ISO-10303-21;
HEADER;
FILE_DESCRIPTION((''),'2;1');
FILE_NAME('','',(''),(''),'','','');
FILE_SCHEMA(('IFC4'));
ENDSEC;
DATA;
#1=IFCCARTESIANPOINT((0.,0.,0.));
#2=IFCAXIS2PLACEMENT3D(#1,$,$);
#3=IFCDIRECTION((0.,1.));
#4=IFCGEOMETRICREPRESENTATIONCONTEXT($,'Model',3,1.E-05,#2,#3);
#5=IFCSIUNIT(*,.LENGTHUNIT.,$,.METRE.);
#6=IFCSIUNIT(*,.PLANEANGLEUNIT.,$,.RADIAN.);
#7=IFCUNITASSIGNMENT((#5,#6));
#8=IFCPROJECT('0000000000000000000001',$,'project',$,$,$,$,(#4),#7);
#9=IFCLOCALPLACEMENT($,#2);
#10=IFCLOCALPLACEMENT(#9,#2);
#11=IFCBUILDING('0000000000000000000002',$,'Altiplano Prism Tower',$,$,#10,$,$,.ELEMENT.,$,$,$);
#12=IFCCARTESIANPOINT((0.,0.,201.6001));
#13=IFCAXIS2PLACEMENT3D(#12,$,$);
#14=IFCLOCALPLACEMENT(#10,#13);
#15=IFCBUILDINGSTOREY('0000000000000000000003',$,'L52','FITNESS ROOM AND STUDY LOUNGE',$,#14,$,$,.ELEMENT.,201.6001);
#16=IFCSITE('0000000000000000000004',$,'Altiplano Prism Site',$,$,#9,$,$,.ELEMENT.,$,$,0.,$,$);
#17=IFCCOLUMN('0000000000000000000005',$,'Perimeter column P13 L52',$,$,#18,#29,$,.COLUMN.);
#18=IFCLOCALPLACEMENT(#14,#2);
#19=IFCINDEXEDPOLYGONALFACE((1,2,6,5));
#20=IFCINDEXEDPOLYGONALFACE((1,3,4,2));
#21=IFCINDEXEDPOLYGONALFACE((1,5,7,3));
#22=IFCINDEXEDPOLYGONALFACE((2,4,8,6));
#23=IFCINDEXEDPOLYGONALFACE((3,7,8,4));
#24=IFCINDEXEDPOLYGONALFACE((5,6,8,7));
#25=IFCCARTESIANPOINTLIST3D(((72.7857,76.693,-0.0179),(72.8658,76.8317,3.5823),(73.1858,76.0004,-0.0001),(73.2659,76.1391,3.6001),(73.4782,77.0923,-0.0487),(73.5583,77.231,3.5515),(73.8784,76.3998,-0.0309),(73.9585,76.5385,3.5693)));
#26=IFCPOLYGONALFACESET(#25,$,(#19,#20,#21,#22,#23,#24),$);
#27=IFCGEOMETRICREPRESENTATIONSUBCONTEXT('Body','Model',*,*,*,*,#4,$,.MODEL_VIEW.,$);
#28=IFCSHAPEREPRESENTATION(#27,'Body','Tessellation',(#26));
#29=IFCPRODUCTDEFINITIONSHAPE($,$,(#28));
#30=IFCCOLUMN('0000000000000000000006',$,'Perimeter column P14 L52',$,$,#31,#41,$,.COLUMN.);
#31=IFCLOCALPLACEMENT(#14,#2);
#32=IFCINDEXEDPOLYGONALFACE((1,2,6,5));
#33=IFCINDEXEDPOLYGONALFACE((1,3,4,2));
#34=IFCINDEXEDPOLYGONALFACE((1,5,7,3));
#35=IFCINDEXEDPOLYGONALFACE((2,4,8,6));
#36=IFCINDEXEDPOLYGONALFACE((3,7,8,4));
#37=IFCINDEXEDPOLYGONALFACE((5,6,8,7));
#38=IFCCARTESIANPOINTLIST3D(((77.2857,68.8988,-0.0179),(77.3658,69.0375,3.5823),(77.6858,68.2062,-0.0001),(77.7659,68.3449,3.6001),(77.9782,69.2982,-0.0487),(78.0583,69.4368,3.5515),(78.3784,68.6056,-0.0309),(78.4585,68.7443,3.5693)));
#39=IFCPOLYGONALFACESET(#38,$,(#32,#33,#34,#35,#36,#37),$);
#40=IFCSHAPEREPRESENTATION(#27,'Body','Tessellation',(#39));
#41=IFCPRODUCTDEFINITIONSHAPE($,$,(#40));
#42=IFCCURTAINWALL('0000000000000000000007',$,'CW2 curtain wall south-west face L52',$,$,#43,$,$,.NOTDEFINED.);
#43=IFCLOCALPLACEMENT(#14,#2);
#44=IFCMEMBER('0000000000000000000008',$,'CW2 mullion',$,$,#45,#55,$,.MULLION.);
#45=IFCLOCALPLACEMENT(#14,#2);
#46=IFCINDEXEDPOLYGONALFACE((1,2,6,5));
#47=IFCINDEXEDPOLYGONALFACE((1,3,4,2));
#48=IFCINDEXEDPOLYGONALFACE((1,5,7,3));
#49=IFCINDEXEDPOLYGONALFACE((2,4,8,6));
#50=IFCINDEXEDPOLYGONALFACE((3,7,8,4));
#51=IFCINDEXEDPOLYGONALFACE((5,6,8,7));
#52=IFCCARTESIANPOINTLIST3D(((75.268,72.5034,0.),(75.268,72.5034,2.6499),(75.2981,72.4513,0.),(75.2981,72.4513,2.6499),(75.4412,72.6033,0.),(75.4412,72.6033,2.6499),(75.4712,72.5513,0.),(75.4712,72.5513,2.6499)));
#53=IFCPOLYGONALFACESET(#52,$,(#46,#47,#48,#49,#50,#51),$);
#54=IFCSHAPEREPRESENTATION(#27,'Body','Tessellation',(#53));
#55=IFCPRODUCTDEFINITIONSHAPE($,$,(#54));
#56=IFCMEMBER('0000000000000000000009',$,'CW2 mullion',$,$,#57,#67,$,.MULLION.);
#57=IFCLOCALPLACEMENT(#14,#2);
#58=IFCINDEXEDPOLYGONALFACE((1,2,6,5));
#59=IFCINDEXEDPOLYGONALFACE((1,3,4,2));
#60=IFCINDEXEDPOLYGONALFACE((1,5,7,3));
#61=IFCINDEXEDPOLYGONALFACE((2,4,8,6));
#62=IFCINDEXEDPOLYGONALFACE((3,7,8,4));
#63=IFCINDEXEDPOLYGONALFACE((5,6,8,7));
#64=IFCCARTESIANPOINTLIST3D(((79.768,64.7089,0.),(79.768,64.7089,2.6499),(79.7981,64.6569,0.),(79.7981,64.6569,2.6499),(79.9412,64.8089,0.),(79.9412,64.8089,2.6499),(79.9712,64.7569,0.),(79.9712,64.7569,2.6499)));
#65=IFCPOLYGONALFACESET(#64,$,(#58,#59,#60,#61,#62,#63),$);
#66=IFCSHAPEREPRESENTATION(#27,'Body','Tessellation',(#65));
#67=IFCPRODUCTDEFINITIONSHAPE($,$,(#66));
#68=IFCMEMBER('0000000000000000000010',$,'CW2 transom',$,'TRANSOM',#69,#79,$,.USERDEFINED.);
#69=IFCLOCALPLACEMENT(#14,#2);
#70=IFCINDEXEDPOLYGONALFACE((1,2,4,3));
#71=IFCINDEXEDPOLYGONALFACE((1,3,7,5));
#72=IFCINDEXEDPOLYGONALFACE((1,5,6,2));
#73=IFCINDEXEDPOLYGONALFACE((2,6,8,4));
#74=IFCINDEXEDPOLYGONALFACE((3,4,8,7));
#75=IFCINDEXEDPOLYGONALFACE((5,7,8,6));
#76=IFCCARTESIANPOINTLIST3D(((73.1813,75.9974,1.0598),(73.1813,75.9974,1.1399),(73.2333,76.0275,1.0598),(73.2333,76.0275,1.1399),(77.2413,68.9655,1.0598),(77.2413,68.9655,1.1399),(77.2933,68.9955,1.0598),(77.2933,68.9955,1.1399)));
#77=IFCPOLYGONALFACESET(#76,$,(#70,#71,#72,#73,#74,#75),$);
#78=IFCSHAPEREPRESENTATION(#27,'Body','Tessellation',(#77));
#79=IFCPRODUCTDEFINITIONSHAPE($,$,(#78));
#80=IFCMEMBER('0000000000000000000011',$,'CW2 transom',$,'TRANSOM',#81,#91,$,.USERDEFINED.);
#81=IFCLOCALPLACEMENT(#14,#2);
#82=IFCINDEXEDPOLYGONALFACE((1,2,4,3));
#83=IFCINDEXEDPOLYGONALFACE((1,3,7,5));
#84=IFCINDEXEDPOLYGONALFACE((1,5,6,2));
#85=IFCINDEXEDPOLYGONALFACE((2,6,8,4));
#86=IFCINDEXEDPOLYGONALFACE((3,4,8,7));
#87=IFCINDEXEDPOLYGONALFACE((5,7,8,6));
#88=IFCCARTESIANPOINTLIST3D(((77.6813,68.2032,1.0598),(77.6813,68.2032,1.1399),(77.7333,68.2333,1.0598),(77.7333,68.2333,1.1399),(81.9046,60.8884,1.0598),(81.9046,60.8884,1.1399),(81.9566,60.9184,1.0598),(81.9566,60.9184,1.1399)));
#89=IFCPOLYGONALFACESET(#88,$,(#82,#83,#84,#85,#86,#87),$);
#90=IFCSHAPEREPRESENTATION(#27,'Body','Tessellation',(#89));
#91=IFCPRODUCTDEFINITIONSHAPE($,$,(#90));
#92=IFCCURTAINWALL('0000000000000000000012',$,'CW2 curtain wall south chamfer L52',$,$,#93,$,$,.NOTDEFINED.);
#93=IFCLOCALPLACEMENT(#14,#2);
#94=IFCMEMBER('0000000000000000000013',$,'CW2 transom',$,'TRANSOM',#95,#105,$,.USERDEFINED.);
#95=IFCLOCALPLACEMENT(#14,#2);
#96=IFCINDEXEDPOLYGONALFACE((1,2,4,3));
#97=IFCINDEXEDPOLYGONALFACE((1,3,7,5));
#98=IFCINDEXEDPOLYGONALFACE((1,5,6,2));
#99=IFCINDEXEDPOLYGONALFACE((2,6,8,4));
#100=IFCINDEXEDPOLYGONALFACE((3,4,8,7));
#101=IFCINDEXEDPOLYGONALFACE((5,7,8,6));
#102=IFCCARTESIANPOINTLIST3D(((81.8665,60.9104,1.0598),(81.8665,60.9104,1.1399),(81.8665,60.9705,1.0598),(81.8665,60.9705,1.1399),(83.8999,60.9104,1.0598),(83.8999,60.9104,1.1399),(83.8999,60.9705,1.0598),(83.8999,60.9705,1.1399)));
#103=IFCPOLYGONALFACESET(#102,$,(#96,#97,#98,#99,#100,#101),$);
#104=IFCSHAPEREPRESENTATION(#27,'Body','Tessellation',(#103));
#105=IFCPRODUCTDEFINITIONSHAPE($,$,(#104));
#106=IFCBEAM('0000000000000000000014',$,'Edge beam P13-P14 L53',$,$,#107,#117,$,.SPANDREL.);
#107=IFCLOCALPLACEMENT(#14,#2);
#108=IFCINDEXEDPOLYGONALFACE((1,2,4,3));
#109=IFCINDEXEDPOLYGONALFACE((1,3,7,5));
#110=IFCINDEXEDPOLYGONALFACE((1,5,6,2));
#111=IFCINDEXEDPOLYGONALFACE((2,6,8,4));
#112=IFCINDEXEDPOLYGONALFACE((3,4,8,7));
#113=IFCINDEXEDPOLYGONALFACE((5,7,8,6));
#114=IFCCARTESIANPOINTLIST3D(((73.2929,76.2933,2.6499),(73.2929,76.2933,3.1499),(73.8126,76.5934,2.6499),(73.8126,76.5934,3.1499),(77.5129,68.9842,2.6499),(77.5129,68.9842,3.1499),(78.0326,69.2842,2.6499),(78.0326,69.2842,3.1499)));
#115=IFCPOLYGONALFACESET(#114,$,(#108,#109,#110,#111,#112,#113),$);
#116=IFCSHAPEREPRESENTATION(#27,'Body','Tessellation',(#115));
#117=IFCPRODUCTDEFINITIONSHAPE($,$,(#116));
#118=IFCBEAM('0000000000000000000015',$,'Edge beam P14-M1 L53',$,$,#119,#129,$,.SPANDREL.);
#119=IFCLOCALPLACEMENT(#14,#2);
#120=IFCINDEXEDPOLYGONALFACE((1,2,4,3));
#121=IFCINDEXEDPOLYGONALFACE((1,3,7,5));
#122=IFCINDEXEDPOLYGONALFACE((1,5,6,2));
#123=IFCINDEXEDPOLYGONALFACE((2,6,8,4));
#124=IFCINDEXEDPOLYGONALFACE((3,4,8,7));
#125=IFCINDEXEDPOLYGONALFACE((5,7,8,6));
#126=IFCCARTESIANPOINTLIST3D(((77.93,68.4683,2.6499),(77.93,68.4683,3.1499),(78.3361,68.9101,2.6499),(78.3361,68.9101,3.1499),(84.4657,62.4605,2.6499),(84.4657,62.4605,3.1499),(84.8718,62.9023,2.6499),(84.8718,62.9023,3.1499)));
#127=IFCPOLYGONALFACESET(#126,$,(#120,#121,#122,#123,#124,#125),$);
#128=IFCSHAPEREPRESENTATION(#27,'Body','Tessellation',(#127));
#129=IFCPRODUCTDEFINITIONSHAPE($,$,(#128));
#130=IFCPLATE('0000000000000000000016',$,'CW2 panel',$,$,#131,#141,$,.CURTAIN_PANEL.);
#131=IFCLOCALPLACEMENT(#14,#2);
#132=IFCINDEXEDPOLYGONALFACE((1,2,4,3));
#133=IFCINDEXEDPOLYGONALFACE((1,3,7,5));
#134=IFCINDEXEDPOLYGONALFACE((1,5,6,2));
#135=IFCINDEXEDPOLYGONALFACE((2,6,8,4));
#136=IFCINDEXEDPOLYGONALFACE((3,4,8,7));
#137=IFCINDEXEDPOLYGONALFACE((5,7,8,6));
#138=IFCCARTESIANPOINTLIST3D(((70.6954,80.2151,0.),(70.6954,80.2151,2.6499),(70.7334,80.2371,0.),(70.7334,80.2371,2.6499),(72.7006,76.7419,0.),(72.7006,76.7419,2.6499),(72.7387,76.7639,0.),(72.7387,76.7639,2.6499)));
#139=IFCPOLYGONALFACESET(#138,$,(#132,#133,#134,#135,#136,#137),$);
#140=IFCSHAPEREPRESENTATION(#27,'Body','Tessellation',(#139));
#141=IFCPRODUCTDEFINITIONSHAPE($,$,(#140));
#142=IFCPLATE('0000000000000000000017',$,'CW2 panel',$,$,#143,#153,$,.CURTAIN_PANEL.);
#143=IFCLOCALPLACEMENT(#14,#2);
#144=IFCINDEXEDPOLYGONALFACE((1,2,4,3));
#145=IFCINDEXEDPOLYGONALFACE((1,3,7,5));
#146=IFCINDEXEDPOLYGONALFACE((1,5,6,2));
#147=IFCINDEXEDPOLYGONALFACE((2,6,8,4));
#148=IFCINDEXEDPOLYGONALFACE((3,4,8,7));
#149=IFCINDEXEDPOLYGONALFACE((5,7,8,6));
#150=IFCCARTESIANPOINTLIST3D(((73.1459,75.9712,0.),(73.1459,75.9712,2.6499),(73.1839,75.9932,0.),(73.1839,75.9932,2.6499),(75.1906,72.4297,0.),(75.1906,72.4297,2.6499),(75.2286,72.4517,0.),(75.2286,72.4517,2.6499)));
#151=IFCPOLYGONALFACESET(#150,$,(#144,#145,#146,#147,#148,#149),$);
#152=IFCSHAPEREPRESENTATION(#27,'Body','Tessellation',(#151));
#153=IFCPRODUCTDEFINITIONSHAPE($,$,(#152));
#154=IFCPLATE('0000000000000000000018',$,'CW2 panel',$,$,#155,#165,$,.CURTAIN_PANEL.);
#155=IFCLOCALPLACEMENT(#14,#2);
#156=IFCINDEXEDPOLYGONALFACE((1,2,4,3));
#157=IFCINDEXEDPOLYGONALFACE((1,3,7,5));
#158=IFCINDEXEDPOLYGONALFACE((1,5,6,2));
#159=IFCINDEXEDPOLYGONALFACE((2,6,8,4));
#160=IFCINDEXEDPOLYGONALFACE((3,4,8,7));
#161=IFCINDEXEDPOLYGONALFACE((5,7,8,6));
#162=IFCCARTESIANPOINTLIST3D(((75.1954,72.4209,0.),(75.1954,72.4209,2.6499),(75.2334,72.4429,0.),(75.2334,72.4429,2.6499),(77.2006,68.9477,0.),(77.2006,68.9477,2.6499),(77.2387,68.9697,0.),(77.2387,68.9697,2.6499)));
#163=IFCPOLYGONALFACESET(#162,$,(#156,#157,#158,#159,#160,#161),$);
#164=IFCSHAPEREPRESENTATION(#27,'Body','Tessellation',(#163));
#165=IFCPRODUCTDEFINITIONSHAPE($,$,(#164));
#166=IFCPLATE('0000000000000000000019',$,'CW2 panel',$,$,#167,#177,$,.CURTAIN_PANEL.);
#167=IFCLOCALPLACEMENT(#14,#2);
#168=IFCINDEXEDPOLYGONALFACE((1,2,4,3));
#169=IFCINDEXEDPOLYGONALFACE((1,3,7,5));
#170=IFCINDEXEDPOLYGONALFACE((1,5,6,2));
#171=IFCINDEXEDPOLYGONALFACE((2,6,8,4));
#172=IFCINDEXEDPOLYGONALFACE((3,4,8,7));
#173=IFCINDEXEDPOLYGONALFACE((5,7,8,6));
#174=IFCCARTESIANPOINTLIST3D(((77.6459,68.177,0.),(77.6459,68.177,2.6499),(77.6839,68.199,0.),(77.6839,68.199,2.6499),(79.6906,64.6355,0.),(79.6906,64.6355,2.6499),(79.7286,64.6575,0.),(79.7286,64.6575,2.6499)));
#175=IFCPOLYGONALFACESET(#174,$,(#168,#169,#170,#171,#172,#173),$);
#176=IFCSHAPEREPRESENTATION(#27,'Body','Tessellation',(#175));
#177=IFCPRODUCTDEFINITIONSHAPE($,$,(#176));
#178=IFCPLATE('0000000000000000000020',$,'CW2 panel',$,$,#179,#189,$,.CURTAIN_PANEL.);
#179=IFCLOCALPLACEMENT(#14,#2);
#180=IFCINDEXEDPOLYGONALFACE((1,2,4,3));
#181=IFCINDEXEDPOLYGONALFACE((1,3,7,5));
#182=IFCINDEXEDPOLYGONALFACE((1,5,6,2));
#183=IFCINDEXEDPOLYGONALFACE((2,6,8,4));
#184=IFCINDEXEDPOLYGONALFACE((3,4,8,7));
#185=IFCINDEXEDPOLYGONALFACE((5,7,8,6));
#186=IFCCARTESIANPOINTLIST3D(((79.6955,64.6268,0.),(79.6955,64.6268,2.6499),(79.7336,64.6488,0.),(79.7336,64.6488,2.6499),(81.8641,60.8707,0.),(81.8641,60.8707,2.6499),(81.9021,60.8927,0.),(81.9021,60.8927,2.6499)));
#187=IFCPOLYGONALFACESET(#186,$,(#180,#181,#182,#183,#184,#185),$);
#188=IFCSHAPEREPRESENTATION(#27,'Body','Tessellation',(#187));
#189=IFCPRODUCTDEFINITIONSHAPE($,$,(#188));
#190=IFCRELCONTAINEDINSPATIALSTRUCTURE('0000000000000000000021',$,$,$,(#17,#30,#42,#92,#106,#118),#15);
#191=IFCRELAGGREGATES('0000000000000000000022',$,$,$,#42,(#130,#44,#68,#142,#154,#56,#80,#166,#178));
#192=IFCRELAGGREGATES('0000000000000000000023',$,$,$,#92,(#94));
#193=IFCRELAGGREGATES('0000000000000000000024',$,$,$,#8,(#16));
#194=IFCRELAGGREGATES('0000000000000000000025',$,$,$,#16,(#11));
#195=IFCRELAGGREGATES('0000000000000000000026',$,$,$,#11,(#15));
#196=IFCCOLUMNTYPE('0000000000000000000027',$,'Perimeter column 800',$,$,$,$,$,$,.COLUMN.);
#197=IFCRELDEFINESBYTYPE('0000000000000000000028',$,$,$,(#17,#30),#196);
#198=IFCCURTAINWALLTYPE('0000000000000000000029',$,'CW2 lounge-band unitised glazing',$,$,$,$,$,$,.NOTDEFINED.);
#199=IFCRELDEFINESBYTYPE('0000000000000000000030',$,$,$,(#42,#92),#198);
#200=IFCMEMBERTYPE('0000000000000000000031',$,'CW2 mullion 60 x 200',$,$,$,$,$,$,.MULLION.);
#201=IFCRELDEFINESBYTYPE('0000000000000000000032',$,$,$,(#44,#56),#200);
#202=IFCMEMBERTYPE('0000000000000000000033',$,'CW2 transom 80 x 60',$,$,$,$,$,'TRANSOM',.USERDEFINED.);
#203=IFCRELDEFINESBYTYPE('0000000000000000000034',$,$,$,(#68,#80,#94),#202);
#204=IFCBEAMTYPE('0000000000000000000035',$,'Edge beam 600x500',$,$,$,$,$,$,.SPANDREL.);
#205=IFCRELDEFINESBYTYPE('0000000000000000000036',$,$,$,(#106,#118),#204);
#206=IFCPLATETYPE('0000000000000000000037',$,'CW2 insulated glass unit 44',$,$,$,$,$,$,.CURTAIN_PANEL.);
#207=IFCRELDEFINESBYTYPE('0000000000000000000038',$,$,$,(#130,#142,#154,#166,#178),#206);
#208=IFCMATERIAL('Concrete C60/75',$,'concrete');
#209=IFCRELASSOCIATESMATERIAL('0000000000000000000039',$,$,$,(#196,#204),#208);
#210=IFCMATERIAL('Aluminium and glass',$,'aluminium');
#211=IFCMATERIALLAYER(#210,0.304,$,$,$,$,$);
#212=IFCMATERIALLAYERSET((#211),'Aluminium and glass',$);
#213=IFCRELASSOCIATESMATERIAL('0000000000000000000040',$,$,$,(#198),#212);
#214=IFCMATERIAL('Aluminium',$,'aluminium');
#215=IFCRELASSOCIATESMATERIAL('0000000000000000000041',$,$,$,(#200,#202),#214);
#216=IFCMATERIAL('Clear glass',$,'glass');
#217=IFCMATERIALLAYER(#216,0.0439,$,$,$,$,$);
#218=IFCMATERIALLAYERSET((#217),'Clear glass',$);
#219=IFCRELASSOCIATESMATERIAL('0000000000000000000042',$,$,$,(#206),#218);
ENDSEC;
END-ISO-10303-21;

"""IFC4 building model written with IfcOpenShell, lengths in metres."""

from ifc_helpers import new_model, si_unit, direction, frame, origin, origin_2d, place, context, subcontext, project, spatial, rectangle, extrude, material, layer, layer_set, material_profile, profile_set, type_object, element, aggregate, save


model = new_model("IFC4")

# Units and contexts
model_context = context("Model", 3, precision=1e-05, world=origin(), true_north=direction((0.0, 1.0)))
body_context = subcontext(model_context, "Body", "Model", "MODEL_VIEW")
ifc_project = project(units=[si_unit("LENGTHUNIT", "METRE"), si_unit("PLANEANGLEUNIT", "RADIAN")], contexts=[model_context])

# Site, building, storey
site_placement = place(None, origin())
site = spatial("IfcSite", under=ifc_project, at=site_placement, Name="Altiplano Prism Site", CompositionType="ELEMENT", RefElevation=0.0)
building_placement = place(site_placement, origin())
building = spatial("IfcBuilding", under=site, at=building_placement, Name="Altiplano Prism Tower", CompositionType="ELEMENT")
storey_placement = place(building_placement, frame((0.0, 0.0, 201.6001)))
storey = spatial("IfcBuildingStorey", under=building, at=storey_placement, Name="L52", Description="FITNESS ROOM AND STUDY LOUNGE", CompositionType="ELEMENT", Elevation=201.6001)

# Columns
ifc_material_1 = material(Name="Concrete C60/75", Category="concrete")
ifc_material_profile_1 = material_profile(ifc_material_1, rectangle(XDim=0.8, YDim=0.8, at=origin_2d()), Name="Perimeter column 800")
ifc_profile_set_1 = profile_set([ifc_material_profile_1], Name="Concrete C60/75")
column_type = type_object("IfcColumnType", Name="Perimeter column 800", PredefinedType="COLUMN", material=ifc_profile_set_1)
for number, where, z_axis, x_axis, name in (
    (1, (73.332, 76.5464, -0.0244), (0.022221, 0.038481, 0.999012), (-0.865642, -0.499182, 0.038483), "Perimeter column P13 L52"),
    (2, (77.832, 68.7522, -0.0244), (0.022221, 0.038481, 0.999012), (-0.865642, -0.499182, 0.038483), "Perimeter column P14 L52"),
):
    element("IfcColumn", number, at=place(storey_placement, frame(where, z_axis=z_axis, x_axis=x_axis)), inside=storey, type_object=column_type, Name=name, PredefinedType="COLUMN", context=body_context, shape_type="SweptSolid", body=[
        extrude(rectangle(XDim=0.8, YDim=0.8, at=origin_2d()), origin(), (0.0, 0.0, 1.0), 3.6038),
    ])

# Curtain wall, members
ifc_material_2 = material(Name="Aluminium and glass", Category="aluminium")
ifc_layer_1 = layer(ifc_material_2, 0.304)
ifc_layer_set_1 = layer_set([ifc_layer_1], Name="Aluminium and glass")
curtain_wall_type = type_object("IfcCurtainWallType", Name="CW2 lounge-band unitised glazing", PredefinedType="NOTDEFINED", material=ifc_layer_set_1)
curtain_wall_1_placement = place(storey_placement, origin())
curtain_wall_1 = element("IfcCurtainWall", 3, at=curtain_wall_1_placement, inside=storey, type_object=curtain_wall_type, Name="CW2 curtain wall south-west face L52", PredefinedType="NOTDEFINED")
ifc_material_3 = material(Name="Aluminium", Category="aluminium")
ifc_material_profile_2 = material_profile(ifc_material_3, rectangle(XDim=0.2, YDim=0.0601, at=origin_2d()), Name="CW2 mullion 60 x 200")
ifc_profile_set_2 = profile_set([ifc_material_profile_2], Name="Aluminium")
member_type_1 = type_object("IfcMemberType", Name="CW2 mullion 60 x 200", PredefinedType="MULLION", material=ifc_profile_set_2)
member_1_placement = place(storey_placement, frame((75.3696, 72.5273, 0.0), z_axis=(0.0, 0.0, 1.0), x_axis=(0.866025, 0.5, 0.0)))
member_1 = element("IfcMember", 4, at=member_1_placement, type_object=member_type_1, Name="CW2 mullion", PredefinedType="MULLION", context=body_context, shape_type="SweptSolid", body=[
    extrude(rectangle(XDim=0.2, YDim=0.0601, at=origin_2d()), origin(), (0.0, 0.0, 1.0), 2.6499),
])
member_2_placement = place(storey_placement, frame((79.8696, 64.7329, 0.0), z_axis=(0.0, 0.0, 1.0), x_axis=(0.866025, 0.5, 0.0)))
member_2 = element("IfcMember", 5, at=member_2_placement, type_object=member_type_1, Name="CW2 mullion", PredefinedType="MULLION", context=body_context, shape_type="SweptSolid", body=[
    extrude(rectangle(XDim=0.2, YDim=0.0601, at=origin_2d()), origin(), (0.0, 0.0, 1.0), 2.6499),
])
ifc_material_profile_3 = material_profile(ifc_material_3, rectangle(XDim=0.0601, YDim=0.0801, at=origin_2d()), Name="CW2 transom 80 x 60")
ifc_profile_set_3 = profile_set([ifc_material_profile_3], Name="Aluminium")
member_type_2 = type_object("IfcMemberType", Name="CW2 transom 80 x 60", ElementType="TRANSOM", PredefinedType="USERDEFINED", material=ifc_profile_set_3)
member_3_placement = place(storey_placement, frame((73.2073, 76.0125, 1.0999), z_axis=(0.500013, -0.866018, 0.0), x_axis=(0.866018, 0.500013, 0.0)))
member_3 = element("IfcMember", 6, at=member_3_placement, type_object=member_type_2, Name="CW2 transom", ObjectType="TRANSOM", PredefinedType="USERDEFINED", context=body_context, shape_type="SweptSolid", body=[
    extrude(rectangle(XDim=0.0601, YDim=0.0801, at=origin_2d()), origin(), (0.0, 0.0, 1.0), 8.1199),
])
member_4_placement = place(storey_placement, frame((77.7073, 68.2183, 1.0999), z_axis=(0.500009, -0.86602, 0.0), x_axis=(0.86602, 0.500009, 0.0)))
member_4 = element("IfcMember", 7, at=member_4_placement, type_object=member_type_2, Name="CW2 transom", ObjectType="TRANSOM", PredefinedType="USERDEFINED", context=body_context, shape_type="SweptSolid", body=[
    extrude(rectangle(XDim=0.0601, YDim=0.0801, at=origin_2d()), origin(), (0.0, 0.0, 1.0), 8.4465),
])

# Curtain wall, member
curtain_wall_2_placement = place(storey_placement, origin())
curtain_wall_2 = element("IfcCurtainWall", 8, at=curtain_wall_2_placement, inside=storey, type_object=curtain_wall_type, Name="CW2 curtain wall south chamfer L52", PredefinedType="NOTDEFINED")
member_5_placement = place(storey_placement, frame((81.8665, 60.9404, 1.0999), z_axis=(1.0, 0.0, 0.0), x_axis=(0.0, 1.0, 0.0)))
member_5 = element("IfcMember", 9, at=member_5_placement, type_object=member_type_2, Name="CW2 transom", ObjectType="TRANSOM", PredefinedType="USERDEFINED", context=body_context, shape_type="SweptSolid", body=[
    extrude(rectangle(XDim=0.0601, YDim=0.0801, at=origin_2d()), origin(), (0.0, 0.0, 1.0), 2.0334),
])

# Beams
ifc_material_profile_4 = material_profile(ifc_material_1, rectangle(XDim=0.6001, YDim=0.5, at=origin_2d()), Name="Edge beam 600x500")
ifc_profile_set_4 = profile_set([ifc_material_profile_4], Name="Concrete C60/75")
beam_type = type_object("IfcBeamType", Name="Edge beam 600x500", PredefinedType="SPANDREL", material=ifc_profile_set_4)
beam_1_placement = place(storey_placement, frame((73.5527, 76.4434, 2.8999), z_axis=(0.500006, -0.866022, 0.0), x_axis=(0.866022, 0.500006, 0.0)))
element("IfcBeam", 10, at=beam_1_placement, inside=storey, type_object=beam_type, Name="Edge beam P13-P14 L53", PredefinedType="SPANDREL", context=body_context, shape_type="SweptSolid", body=[
    extrude(rectangle(XDim=0.6001, YDim=0.5, at=origin_2d()), origin(), (0.0, 0.0, 1.0), 8.4399),
])
beam_2_placement = place(storey_placement, frame((78.1331, 68.6892, 2.8999), z_axis=(0.73621, -0.676753, 0.0), x_axis=(0.676753, 0.73621, 0.0)))
element("IfcBeam", 11, at=beam_2_placement, inside=storey, type_object=beam_type, Name="Edge beam P14-M1 L53", PredefinedType="SPANDREL", context=body_context, shape_type="SweptSolid", body=[
    extrude(rectangle(XDim=0.6001, YDim=0.5, at=origin_2d()), origin(), (0.0, 0.0, 1.0), 8.8774),
])

# Plates
ifc_material_4 = material(Name="Clear glass", Category="glass")
ifc_layer_2 = layer(ifc_material_4, 0.0439)
ifc_layer_set_2 = layer_set([ifc_layer_2], Name="Clear glass")
plate_type = type_object("IfcPlateType", Name="CW2 insulated glass unit 44", PredefinedType="CURTAIN_PANEL", material=ifc_layer_set_2)
plate_1_placement = place(storey_placement, frame((71.717, 78.4895, 0.0), z_axis=(0.0, 0.0, 1.0), x_axis=(0.5, -0.866025, 0.0)))
plate_1 = element("IfcPlate", 12, at=plate_1_placement, type_object=plate_type, Name="CW2 panel", PredefinedType="CURTAIN_PANEL", context=body_context, shape_type="SweptSolid", body=[
    extrude(rectangle(XDim=4.0105, YDim=0.0439, at=origin_2d()), origin(), (0.0, 0.0, 1.0), 2.6499),
])
plate_2_placement = place(storey_placement, frame((74.1873, 74.2114, 0.0), z_axis=(0.0, 0.0, 1.0), x_axis=(0.5, -0.866025, 0.0)))
plate_2 = element("IfcPlate", 13, at=plate_2_placement, type_object=plate_type, Name="CW2 panel", PredefinedType="CURTAIN_PANEL", context=body_context, shape_type="SweptSolid", body=[
    extrude(rectangle(XDim=4.0894, YDim=0.0439, at=origin_2d()), origin(), (0.0, 0.0, 1.0), 2.6499),
])
plate_3_placement = place(storey_placement, frame((76.217, 70.6953, 0.0), z_axis=(0.0, 0.0, 1.0), x_axis=(0.5, -0.866025, 0.0)))
plate_3 = element("IfcPlate", 14, at=plate_3_placement, type_object=plate_type, Name="CW2 panel", PredefinedType="CURTAIN_PANEL", context=body_context, shape_type="SweptSolid", body=[
    extrude(rectangle(XDim=4.0105, YDim=0.0439, at=origin_2d()), origin(), (0.0, 0.0, 1.0), 2.6499),
])
plate_4_placement = place(storey_placement, frame((78.6873, 66.4172, 0.0), z_axis=(0.0, 0.0, 1.0), x_axis=(0.5, -0.866025, 0.0)))
plate_4 = element("IfcPlate", 15, at=plate_4_placement, type_object=plate_type, Name="CW2 panel", PredefinedType="CURTAIN_PANEL", context=body_context, shape_type="SweptSolid", body=[
    extrude(rectangle(XDim=4.0894, YDim=0.0439, at=origin_2d()), origin(), (0.0, 0.0, 1.0), 2.6499),
])
plate_5_placement = place(storey_placement, frame((80.7988, 62.7598, 0.0), z_axis=(0.0, 0.0, 1.0), x_axis=(0.5, -0.866025, 0.0)))
plate_5 = element("IfcPlate", 16, at=plate_5_placement, type_object=plate_type, Name="CW2 panel", PredefinedType="CURTAIN_PANEL", context=body_context, shape_type="SweptSolid", body=[
    extrude(rectangle(XDim=4.3372, YDim=0.0439, at=origin_2d()), origin(), (0.0, 0.0, 1.0), 2.6499),
])
aggregate(curtain_wall_1, [plate_1, member_1, member_3, plate_2, plate_3, member_2, member_4, plate_4, plate_5])
aggregate(curtain_wall_2, [member_5])

save(model, "model.ifc")
